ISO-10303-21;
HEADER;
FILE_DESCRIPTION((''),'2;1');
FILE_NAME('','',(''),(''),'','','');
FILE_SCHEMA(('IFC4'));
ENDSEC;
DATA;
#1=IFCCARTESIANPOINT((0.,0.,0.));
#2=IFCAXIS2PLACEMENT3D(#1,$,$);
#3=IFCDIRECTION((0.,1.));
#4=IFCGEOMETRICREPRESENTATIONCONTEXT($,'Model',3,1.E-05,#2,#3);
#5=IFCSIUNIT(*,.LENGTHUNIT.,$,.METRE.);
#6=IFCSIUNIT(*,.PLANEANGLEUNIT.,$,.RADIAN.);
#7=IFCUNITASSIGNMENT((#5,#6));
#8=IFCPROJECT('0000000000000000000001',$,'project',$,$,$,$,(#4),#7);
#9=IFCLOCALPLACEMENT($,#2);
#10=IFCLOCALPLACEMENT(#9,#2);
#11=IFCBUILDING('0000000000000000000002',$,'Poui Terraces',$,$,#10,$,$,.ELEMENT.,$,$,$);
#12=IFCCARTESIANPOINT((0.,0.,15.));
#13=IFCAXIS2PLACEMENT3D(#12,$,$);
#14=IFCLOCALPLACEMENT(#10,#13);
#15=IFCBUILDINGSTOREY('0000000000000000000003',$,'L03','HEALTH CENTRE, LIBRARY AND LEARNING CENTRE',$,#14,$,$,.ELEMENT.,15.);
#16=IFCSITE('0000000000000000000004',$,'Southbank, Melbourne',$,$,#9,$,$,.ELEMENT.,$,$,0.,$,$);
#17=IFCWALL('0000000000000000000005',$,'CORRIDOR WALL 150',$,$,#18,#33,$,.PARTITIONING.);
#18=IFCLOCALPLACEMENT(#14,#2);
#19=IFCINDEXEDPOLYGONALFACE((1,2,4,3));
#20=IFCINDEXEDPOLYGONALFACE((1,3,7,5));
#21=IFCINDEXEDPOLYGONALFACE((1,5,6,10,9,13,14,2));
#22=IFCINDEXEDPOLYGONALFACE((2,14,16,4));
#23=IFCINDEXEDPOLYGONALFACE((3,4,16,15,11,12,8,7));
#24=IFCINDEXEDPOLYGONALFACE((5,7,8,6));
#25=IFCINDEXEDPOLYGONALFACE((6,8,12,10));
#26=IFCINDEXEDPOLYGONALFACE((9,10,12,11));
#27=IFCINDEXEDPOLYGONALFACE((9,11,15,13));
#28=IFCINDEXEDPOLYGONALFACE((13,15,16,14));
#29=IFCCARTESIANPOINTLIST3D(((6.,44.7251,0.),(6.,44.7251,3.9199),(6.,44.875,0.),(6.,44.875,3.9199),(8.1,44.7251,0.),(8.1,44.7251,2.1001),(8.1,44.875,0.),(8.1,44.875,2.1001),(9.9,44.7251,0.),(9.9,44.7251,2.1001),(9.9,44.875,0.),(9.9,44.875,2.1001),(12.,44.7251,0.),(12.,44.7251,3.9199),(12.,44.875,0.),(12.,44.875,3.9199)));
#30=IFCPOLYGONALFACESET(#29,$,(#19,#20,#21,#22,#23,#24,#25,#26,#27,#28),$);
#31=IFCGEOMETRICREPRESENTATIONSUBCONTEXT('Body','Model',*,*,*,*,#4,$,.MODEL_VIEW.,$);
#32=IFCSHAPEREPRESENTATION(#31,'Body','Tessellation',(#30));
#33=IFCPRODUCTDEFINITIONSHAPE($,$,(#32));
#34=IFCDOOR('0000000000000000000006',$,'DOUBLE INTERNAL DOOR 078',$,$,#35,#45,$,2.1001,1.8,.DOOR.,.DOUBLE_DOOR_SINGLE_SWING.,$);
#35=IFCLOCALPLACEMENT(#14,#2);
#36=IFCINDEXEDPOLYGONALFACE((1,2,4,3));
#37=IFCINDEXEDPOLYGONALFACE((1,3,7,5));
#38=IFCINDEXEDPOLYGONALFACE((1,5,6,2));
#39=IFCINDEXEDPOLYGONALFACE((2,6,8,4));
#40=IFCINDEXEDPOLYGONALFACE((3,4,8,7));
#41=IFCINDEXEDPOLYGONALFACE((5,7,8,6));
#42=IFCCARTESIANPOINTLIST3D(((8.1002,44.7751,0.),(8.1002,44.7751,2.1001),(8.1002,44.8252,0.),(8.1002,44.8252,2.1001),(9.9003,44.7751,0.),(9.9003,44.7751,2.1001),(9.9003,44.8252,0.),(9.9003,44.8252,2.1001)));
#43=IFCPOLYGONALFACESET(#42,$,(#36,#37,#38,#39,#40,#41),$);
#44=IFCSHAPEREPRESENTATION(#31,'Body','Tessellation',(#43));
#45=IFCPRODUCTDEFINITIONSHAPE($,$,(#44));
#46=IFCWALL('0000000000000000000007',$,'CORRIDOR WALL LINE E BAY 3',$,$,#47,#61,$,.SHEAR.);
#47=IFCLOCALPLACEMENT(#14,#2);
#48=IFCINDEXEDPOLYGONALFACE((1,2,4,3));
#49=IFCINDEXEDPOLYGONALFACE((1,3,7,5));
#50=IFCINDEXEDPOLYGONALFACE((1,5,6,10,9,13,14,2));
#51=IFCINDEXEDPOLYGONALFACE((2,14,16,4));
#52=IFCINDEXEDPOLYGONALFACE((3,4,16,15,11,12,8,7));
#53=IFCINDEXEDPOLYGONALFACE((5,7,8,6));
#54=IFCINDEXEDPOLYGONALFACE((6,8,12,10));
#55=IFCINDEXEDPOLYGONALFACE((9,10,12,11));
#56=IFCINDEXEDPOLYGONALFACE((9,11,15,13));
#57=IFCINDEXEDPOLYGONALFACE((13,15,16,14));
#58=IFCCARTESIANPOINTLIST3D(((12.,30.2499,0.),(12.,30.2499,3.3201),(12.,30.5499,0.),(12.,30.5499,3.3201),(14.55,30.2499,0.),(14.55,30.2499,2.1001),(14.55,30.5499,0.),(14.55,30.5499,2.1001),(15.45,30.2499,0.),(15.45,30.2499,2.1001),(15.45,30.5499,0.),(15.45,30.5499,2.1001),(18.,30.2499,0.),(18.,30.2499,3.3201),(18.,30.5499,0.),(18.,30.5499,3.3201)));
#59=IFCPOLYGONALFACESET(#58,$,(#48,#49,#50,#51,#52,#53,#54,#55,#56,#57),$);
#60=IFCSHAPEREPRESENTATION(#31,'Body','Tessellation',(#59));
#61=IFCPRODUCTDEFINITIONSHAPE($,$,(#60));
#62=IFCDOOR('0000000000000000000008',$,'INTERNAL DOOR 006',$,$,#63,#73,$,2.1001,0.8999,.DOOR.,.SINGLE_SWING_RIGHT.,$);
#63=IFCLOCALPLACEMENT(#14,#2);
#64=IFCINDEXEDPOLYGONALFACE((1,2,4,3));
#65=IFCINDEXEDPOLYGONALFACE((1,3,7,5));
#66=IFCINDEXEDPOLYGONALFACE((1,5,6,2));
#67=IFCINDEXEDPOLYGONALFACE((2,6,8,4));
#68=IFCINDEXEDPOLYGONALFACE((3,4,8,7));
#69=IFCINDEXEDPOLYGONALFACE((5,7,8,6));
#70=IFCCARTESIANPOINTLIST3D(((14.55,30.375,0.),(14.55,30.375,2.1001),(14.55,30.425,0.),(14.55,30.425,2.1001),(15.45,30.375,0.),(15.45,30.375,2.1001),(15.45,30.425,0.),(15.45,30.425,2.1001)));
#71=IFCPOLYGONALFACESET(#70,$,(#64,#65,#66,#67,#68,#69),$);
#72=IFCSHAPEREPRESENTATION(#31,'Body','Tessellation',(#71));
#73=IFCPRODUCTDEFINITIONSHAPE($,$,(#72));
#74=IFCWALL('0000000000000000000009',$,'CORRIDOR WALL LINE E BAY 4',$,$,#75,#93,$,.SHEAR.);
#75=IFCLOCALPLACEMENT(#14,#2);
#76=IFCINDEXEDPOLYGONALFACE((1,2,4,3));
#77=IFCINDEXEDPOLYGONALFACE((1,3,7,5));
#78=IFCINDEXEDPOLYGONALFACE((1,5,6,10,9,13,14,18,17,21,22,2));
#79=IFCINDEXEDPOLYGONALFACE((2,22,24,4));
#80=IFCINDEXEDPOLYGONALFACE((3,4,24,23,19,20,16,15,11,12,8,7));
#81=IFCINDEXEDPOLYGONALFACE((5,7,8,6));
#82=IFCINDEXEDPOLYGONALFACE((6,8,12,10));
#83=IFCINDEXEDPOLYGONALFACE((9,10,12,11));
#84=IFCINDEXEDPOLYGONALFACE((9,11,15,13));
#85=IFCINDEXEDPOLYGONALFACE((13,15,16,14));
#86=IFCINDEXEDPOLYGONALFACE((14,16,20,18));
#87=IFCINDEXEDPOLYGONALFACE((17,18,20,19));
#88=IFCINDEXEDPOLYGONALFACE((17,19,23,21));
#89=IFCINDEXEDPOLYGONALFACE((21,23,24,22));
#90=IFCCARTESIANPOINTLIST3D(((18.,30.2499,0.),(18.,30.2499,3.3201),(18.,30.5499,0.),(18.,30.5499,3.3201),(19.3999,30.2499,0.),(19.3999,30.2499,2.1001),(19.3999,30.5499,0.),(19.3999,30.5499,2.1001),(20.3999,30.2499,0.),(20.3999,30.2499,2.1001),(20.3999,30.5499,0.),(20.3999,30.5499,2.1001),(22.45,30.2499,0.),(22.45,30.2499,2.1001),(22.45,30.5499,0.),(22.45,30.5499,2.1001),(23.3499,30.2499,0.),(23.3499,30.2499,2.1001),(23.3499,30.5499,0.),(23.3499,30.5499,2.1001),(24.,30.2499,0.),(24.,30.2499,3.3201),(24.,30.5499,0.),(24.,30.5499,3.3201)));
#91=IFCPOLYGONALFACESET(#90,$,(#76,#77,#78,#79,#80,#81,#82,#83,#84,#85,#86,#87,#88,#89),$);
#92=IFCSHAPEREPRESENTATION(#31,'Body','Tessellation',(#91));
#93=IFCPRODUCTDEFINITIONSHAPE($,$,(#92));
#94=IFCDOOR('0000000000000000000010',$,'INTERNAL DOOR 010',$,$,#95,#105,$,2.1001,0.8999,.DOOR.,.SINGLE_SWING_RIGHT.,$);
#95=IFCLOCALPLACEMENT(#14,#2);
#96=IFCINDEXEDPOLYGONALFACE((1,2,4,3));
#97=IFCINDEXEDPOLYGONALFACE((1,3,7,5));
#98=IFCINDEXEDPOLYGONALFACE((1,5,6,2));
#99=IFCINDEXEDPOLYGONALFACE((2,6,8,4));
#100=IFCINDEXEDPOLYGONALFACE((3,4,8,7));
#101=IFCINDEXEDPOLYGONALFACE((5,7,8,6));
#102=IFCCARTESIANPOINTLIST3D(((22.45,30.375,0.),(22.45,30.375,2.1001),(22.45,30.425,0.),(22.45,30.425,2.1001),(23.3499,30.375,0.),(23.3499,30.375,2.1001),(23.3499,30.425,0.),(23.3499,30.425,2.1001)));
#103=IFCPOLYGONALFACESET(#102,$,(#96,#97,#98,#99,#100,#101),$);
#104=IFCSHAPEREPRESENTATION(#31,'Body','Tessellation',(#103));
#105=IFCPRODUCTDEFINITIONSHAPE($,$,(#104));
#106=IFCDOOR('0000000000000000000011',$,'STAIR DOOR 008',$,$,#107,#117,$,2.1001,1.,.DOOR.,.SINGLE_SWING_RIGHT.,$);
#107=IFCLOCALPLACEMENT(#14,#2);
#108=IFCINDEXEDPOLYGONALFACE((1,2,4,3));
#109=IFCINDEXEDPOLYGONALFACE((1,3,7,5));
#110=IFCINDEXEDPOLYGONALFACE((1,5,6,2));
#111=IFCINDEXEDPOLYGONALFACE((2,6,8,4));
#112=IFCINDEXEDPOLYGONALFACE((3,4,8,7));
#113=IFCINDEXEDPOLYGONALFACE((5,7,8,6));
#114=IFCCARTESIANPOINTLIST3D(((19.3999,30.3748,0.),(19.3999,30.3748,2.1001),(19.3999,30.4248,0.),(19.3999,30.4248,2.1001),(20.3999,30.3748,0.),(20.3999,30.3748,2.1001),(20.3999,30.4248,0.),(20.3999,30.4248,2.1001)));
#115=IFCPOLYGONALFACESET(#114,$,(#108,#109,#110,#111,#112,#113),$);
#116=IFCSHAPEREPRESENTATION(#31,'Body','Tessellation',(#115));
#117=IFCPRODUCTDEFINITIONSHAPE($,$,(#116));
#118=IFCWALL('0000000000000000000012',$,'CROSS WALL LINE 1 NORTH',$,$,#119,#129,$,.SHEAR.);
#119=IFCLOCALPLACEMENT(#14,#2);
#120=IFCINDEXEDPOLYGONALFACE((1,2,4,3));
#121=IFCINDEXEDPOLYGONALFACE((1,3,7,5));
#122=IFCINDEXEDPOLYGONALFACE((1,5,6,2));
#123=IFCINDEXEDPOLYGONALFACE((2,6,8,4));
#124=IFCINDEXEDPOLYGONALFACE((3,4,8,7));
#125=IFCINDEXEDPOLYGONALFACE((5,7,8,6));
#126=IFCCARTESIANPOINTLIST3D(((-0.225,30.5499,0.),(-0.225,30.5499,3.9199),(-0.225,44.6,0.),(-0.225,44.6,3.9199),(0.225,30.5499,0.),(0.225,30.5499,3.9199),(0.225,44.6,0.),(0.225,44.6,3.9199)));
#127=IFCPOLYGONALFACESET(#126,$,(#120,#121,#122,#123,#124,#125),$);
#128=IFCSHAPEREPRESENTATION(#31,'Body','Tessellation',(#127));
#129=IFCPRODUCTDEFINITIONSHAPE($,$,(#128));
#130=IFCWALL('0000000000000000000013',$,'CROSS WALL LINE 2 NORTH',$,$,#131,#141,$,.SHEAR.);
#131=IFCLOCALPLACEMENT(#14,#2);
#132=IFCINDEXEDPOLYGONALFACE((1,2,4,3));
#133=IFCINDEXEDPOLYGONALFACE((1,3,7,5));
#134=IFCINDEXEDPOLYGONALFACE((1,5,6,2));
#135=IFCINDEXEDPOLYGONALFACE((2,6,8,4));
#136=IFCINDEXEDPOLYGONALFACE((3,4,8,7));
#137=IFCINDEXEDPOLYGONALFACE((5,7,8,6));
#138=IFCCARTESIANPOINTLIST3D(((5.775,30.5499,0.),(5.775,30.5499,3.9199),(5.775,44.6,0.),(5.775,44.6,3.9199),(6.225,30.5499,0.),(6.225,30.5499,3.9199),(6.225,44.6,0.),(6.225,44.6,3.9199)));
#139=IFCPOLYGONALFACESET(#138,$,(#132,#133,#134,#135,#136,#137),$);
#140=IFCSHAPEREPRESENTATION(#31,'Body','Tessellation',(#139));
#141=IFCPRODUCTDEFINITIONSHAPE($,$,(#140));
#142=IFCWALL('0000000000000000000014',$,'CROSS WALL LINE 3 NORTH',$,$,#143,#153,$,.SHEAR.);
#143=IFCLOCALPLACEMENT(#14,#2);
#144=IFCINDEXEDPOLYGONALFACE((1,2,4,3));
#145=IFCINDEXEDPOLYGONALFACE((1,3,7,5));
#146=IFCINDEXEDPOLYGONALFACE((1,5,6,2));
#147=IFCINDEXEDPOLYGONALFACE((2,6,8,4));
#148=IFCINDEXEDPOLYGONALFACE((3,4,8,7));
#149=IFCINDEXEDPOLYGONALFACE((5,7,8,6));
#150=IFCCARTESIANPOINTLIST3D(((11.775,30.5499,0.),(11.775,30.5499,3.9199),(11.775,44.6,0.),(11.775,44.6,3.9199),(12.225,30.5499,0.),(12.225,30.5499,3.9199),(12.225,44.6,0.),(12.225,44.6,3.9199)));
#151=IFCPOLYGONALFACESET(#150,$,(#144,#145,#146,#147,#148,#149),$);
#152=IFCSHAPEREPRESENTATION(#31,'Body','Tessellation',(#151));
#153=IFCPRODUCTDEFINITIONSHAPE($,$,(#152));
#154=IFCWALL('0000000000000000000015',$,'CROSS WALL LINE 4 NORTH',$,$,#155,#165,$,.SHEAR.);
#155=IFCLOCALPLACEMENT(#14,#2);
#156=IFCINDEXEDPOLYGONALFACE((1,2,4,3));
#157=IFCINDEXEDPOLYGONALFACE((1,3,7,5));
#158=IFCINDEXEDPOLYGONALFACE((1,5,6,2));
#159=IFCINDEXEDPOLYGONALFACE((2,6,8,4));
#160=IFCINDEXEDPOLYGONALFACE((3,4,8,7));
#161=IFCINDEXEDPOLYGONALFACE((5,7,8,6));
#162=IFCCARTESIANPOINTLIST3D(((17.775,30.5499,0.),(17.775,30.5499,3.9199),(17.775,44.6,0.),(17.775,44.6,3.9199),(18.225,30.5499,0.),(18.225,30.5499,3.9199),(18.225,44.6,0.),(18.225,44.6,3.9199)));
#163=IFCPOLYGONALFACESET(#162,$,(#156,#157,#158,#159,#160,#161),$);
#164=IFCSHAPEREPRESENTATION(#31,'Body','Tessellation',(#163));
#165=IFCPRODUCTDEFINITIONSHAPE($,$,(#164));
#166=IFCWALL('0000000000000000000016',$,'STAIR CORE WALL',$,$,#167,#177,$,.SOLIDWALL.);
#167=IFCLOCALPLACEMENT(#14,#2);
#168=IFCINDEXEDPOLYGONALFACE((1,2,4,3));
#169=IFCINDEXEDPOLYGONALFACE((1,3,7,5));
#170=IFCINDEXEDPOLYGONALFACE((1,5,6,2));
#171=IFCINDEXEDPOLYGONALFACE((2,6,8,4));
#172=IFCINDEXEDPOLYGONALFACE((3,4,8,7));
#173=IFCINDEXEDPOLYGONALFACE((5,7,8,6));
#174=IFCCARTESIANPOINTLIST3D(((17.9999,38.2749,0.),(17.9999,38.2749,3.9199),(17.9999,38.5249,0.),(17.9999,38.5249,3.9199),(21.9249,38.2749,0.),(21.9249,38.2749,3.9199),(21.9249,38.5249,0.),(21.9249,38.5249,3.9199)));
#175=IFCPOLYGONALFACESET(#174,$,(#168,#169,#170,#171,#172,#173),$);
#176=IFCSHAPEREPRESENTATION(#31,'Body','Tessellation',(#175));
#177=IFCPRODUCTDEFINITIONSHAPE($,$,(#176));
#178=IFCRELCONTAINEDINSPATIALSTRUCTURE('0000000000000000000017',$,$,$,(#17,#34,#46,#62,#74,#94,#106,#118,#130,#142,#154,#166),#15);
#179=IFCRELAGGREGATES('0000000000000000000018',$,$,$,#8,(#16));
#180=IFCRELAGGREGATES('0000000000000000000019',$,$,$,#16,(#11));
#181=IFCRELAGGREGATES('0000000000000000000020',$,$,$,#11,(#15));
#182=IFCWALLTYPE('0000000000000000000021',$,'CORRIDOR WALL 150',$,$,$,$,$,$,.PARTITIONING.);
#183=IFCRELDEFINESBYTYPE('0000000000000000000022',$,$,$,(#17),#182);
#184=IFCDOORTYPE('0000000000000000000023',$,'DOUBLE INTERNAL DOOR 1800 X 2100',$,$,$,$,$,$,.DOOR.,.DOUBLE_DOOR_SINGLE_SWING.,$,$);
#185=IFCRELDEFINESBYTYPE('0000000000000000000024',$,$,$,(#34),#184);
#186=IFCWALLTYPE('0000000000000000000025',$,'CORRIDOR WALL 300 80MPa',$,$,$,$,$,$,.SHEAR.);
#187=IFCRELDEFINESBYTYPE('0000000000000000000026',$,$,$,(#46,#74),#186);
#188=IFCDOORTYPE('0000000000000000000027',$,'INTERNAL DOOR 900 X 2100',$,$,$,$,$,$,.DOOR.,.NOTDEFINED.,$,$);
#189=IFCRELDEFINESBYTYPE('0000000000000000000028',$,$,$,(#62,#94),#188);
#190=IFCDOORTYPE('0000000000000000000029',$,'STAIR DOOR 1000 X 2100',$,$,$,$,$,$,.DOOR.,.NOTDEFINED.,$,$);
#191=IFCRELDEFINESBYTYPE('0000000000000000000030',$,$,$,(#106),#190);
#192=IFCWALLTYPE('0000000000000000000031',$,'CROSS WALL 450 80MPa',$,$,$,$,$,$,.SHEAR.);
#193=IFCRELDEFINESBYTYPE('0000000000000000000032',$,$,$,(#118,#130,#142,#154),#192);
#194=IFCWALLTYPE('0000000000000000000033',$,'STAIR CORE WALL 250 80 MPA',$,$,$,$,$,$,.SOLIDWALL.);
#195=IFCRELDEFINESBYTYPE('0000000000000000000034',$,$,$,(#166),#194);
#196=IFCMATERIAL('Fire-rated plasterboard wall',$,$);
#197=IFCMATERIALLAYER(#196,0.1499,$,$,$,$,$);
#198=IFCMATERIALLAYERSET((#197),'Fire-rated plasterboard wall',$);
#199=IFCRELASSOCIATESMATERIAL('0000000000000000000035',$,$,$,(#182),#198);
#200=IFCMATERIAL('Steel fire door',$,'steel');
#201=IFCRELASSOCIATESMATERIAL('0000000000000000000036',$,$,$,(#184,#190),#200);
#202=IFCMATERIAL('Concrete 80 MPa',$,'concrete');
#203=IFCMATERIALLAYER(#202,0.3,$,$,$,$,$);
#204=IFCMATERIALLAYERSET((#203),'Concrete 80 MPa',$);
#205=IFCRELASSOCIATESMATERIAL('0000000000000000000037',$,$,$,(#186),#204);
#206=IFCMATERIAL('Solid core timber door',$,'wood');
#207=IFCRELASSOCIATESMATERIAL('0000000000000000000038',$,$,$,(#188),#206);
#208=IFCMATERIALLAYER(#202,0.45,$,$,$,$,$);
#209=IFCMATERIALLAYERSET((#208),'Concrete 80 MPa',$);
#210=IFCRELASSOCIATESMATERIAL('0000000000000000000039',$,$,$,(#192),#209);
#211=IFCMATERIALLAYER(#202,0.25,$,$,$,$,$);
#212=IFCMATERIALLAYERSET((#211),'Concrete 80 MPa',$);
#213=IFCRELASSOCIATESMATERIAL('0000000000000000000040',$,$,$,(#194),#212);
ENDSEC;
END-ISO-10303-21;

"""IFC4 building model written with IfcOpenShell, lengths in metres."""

from ifc_helpers import new_model, si_unit, direction, frame, frame_2d, origin, place, context, subcontext, project, spatial, rectangle, extrude, material, layer, layer_set, type_object, element, fill, save


model = new_model("IFC4")

# Units and contexts
model_context = context("Model", 3, precision=1e-05, world=origin(), true_north=direction((0.0, 1.0)))
body_context = subcontext(model_context, "Body", "Model", "MODEL_VIEW")
ifc_project = project(units=[si_unit("LENGTHUNIT", "METRE"), si_unit("PLANEANGLEUNIT", "RADIAN")], contexts=[model_context])

# Site, building, storey
site_placement = place(None, origin())
site = spatial("IfcSite", under=ifc_project, at=site_placement, Name="Southbank, Melbourne", CompositionType="ELEMENT", RefElevation=0.0)
building_placement = place(site_placement, origin())
building = spatial("IfcBuilding", under=site, at=building_placement, Name="Poui Terraces", CompositionType="ELEMENT")
storey_placement = place(building_placement, frame((0.0, 0.0, 15.0)))
storey = spatial("IfcBuildingStorey", under=building, at=storey_placement, Name="L03", Description="HEALTH CENTRE, LIBRARY AND LEARNING CENTRE", CompositionType="ELEMENT", Elevation=15.0)

# Shared definitions
ifc_material_1 = material(Name="Concrete 80 MPa", Category="concrete")

# Shared definitions
ifc_material_2 = material(Name="Fire-rated plasterboard wall")
ifc_layer_1 = layer(ifc_material_2, 0.1499)
ifc_layer_set_1 = layer_set([ifc_layer_1], Name="Fire-rated plasterboard wall")
wall_type_1 = type_object("IfcWallType", Name="CORRIDOR WALL 150", PredefinedType="PARTITIONING", material=ifc_layer_set_1)
ifc_material_3 = material(Name="Solid core timber door", Category="wood")

# Walls, openings, doors
wall_1_placement = place(storey_placement, frame((6.0, 44.8, 0.0), z_axis=(0.0, 0.0, 1.0), x_axis=(1.0, 0.0, 0.0)))
wall_1 = element("IfcWall", 1, at=wall_1_placement, inside=storey, type_object=wall_type_1, Name="CORRIDOR WALL 150", PredefinedType="PARTITIONING", context=body_context, shape_type="SweptSolid", body=[
    extrude(rectangle(XDim=6.0, YDim=0.1499, at=frame_2d((3.0, 0.0))), origin(), (0.0, 0.0, 1.0), 3.9199),
])
opening_1_placement = place(wall_1_placement, frame((2.1001, 0.0, 0.0)))
opening_1 = element("IfcOpeningElement", 2, at=opening_1_placement, cuts=wall_1, PredefinedType="OPENING", context=body_context, shape_type="SweptSolid", body=[
    extrude(rectangle(XDim=1.8, YDim=2.1001, at=frame_2d((0.8999, 1.05))), frame((0.0, 0.085, 0.0), z_axis=(0.0, -1.0, 0.0), x_axis=(1.0, 0.0, 0.0)), (0.0, 0.0, 1.0), 0.1699),
])
ifc_material_4 = material(Name="Steel fire door", Category="steel")
door_type_1 = type_object("IfcDoorType", Name="DOUBLE INTERNAL DOOR 1800 X 2100", OperationType="DOUBLE_DOOR_SINGLE_SWING", PredefinedType="DOOR", material=ifc_material_4)
door_1_placement = place(opening_1_placement, frame((1.8, 0.0, 0.0), z_axis=(0.0, 0.0, 1.0), x_axis=(-1.0, 0.0, 0.0)))
door_1 = element("IfcDoor", 3, at=door_1_placement, inside=storey, type_object=door_type_1, Name="DOUBLE INTERNAL DOOR 078", OperationType="DOUBLE_DOOR_SINGLE_SWING", OverallHeight=2.1001, OverallWidth=1.8, PredefinedType="DOOR", context=body_context, shape_type="SweptSolid", body=[
    extrude(rectangle(XDim=1.8, YDim=2.1001, at=frame_2d((0.8999, 1.05))), frame((0.0, 0.0249, 0.0), z_axis=(0.0, -1.0, 0.0), x_axis=(1.0, 0.0, 0.0)), (0.0, 0.0, 1.0), 0.05),
])
fill(opening_1, door_1)
ifc_layer_2 = layer(ifc_material_1, 0.3)
ifc_layer_set_2 = layer_set([ifc_layer_2], Name="Concrete 80 MPa")
wall_type_2 = type_object("IfcWallType", Name="CORRIDOR WALL 300 80MPa", PredefinedType="SHEAR", material=ifc_layer_set_2)
wall_2_placement = place(storey_placement, frame((12.0, 30.3999, 0.0), z_axis=(0.0, 0.0, 1.0), x_axis=(1.0, 0.0, 0.0)))
wall_2 = element("IfcWall", 4, at=wall_2_placement, inside=storey, type_object=wall_type_2, Name="CORRIDOR WALL LINE E BAY 3", PredefinedType="SHEAR", context=body_context, shape_type="SweptSolid", body=[
    extrude(rectangle(XDim=6.0, YDim=0.3, at=frame_2d((3.0, 0.0))), origin(), (0.0, 0.0, 1.0), 3.3201),
])
opening_2_placement = place(wall_2_placement, frame((2.55, 0.0, 0.0)))
opening_2 = element("IfcOpeningElement", 5, at=opening_2_placement, cuts=wall_2, PredefinedType="OPENING", context=body_context, shape_type="SweptSolid", body=[
    extrude(rectangle(XDim=0.8999, YDim=2.1001, at=frame_2d((0.45, 1.05))), frame((0.0, 0.1602, 0.0), z_axis=(0.0, -1.0, 0.0), x_axis=(1.0, 0.0, 0.0)), (0.0, 0.0, 1.0), 0.3201),
])
door_type_2 = type_object("IfcDoorType", Name="INTERNAL DOOR 900 X 2100", OperationType="NOTDEFINED", PredefinedType="DOOR", material=ifc_material_3)
door_2_placement = place(opening_2_placement, frame((0.8999, 0.0, 0.0), z_axis=(0.0, 0.0, 1.0), x_axis=(-1.0, 0.0, 0.0)))
door_2 = element("IfcDoor", 6, at=door_2_placement, inside=storey, type_object=door_type_2, Name="INTERNAL DOOR 006", OperationType="SINGLE_SWING_RIGHT", OverallHeight=2.1001, OverallWidth=0.8999, PredefinedType="DOOR", context=body_context, shape_type="SweptSolid", body=[
    extrude(rectangle(XDim=0.8999, YDim=2.1001, at=frame_2d((0.45, 1.05))), frame((0.0, 0.0249, 0.0), z_axis=(0.0, -1.0, 0.0), x_axis=(1.0, 0.0, 0.0)), (0.0, 0.0, 1.0), 0.05),
])
fill(opening_2, door_2)

# Wall, openings, doors
wall_3_placement = place(storey_placement, frame((18.0, 30.3999, 0.0), z_axis=(0.0, 0.0, 1.0), x_axis=(1.0, 0.0, 0.0)))
wall_3 = element("IfcWall", 7, at=wall_3_placement, inside=storey, type_object=wall_type_2, Name="CORRIDOR WALL LINE E BAY 4", PredefinedType="SHEAR", context=body_context, shape_type="SweptSolid", body=[
    extrude(rectangle(XDim=6.0, YDim=0.3, at=frame_2d((3.0, 0.0))), origin(), (0.0, 0.0, 1.0), 3.3201),
])
opening_3_placement = place(wall_3_placement, frame((1.3999, 0.0, 0.0)))
opening_3 = element("IfcOpeningElement", 8, at=opening_3_placement, cuts=wall_3, PredefinedType="OPENING", context=body_context, shape_type="SweptSolid", body=[
    extrude(rectangle(XDim=1.0, YDim=2.1001, at=frame_2d((0.5, 1.05))), frame((0.0, 0.1602, 0.0), z_axis=(0.0, -1.0, 0.0), x_axis=(1.0, 0.0, 0.0)), (0.0, 0.0, 1.0), 0.3201),
])
opening_4_placement = place(wall_3_placement, frame((4.45, 0.0, 0.0)))
opening_4 = element("IfcOpeningElement", 9, at=opening_4_placement, cuts=wall_3, PredefinedType="OPENING", context=body_context, shape_type="SweptSolid", body=[
    extrude(rectangle(XDim=0.8999, YDim=2.1001, at=frame_2d((0.45, 1.05))), frame((0.0, 0.1602, 0.0), z_axis=(0.0, -1.0, 0.0), x_axis=(1.0, 0.0, 0.0)), (0.0, 0.0, 1.0), 0.3201),
])
door_3_placement = place(opening_4_placement, frame((0.8999, 0.0, 0.0), z_axis=(0.0, 0.0, 1.0), x_axis=(-1.0, 0.0, 0.0)))
door_3 = element("IfcDoor", 10, at=door_3_placement, inside=storey, type_object=door_type_2, Name="INTERNAL DOOR 010", OperationType="SINGLE_SWING_RIGHT", OverallHeight=2.1001, OverallWidth=0.8999, PredefinedType="DOOR", context=body_context, shape_type="SweptSolid", body=[
    extrude(rectangle(XDim=0.8999, YDim=2.1001, at=frame_2d((0.45, 1.05))), frame((0.0, 0.0249, 0.0), z_axis=(0.0, -1.0, 0.0), x_axis=(1.0, 0.0, 0.0)), (0.0, 0.0, 1.0), 0.05),
])
fill(opening_4, door_3)
door_type_3 = type_object("IfcDoorType", Name="STAIR DOOR 1000 X 2100", OperationType="NOTDEFINED", PredefinedType="DOOR", material=ifc_material_4)
door_4_placement = place(opening_3_placement, origin())
door_4 = element("IfcDoor", 11, at=door_4_placement, inside=storey, type_object=door_type_3, Name="STAIR DOOR 008", OperationType="SINGLE_SWING_RIGHT", OverallHeight=2.1001, OverallWidth=1.0, PredefinedType="DOOR", context=body_context, shape_type="SweptSolid", body=[
    extrude(rectangle(XDim=1.0, YDim=2.1001, at=frame_2d((0.5, 1.05))), frame((0.0, 0.0249, 0.0), z_axis=(0.0, -1.0, 0.0), x_axis=(1.0, 0.0, 0.0)), (0.0, 0.0, 1.0), 0.05),
])
fill(opening_3, door_4)

# Walls
ifc_layer_3 = layer(ifc_material_1, 0.45)
ifc_layer_set_3 = layer_set([ifc_layer_3], Name="Concrete 80 MPa")
wall_type_3 = type_object("IfcWallType", Name="CROSS WALL 450 80MPa", PredefinedType="SHEAR", material=ifc_layer_set_3)
for number, where, z_axis, x_axis, name in (
    (12, (0.0, 30.55, 0.0), (0.0, 0.0, 1.0), (0.0, 1.0, 0.0), "CROSS WALL LINE 1 NORTH"),
    (13, (6.0, 30.55, 0.0), (0.0, 0.0, 1.0), (0.0, 1.0, 0.0), "CROSS WALL LINE 2 NORTH"),
    (14, (12.0, 30.55, 0.0), (0.0, 0.0, 1.0), (0.0, 1.0, 0.0), "CROSS WALL LINE 3 NORTH"),
    (15, (18.0, 30.55, 0.0), (0.0, 0.0, 1.0), (0.0, 1.0, 0.0), "CROSS WALL LINE 4 NORTH"),
):
    element("IfcWall", number, at=place(storey_placement, frame(where, z_axis=z_axis, x_axis=x_axis)), inside=storey, type_object=wall_type_3, Name=name, PredefinedType="SHEAR", context=body_context, shape_type="SweptSolid", body=[
        extrude(rectangle(XDim=14.05, YDim=0.45, at=frame_2d((7.0249, 0.0))), origin(), (0.0, 0.0, 1.0), 3.9199),
    ])
ifc_layer_4 = layer(ifc_material_1, 0.25)
ifc_layer_set_4 = layer_set([ifc_layer_4], Name="Concrete 80 MPa")
wall_type_4 = type_object("IfcWallType", Name="STAIR CORE WALL 250 80 MPA", PredefinedType="SOLIDWALL", material=ifc_layer_set_4)
wall_4_placement = place(storey_placement, frame((18.0, 38.3999, 0.0), z_axis=(0.0, 0.0, 1.0), x_axis=(1.0, 0.0, 0.0)))
element("IfcWall", 16, at=wall_4_placement, inside=storey, type_object=wall_type_4, Name="STAIR CORE WALL", PredefinedType="SOLIDWALL", context=body_context, shape_type="SweptSolid", body=[
    extrude(rectangle(XDim=3.925, YDim=0.25, at=frame_2d((1.9624, 0.0))), origin(), (0.0, 0.0, 1.0), 3.9199),
])

save(model, "model.ifc")
